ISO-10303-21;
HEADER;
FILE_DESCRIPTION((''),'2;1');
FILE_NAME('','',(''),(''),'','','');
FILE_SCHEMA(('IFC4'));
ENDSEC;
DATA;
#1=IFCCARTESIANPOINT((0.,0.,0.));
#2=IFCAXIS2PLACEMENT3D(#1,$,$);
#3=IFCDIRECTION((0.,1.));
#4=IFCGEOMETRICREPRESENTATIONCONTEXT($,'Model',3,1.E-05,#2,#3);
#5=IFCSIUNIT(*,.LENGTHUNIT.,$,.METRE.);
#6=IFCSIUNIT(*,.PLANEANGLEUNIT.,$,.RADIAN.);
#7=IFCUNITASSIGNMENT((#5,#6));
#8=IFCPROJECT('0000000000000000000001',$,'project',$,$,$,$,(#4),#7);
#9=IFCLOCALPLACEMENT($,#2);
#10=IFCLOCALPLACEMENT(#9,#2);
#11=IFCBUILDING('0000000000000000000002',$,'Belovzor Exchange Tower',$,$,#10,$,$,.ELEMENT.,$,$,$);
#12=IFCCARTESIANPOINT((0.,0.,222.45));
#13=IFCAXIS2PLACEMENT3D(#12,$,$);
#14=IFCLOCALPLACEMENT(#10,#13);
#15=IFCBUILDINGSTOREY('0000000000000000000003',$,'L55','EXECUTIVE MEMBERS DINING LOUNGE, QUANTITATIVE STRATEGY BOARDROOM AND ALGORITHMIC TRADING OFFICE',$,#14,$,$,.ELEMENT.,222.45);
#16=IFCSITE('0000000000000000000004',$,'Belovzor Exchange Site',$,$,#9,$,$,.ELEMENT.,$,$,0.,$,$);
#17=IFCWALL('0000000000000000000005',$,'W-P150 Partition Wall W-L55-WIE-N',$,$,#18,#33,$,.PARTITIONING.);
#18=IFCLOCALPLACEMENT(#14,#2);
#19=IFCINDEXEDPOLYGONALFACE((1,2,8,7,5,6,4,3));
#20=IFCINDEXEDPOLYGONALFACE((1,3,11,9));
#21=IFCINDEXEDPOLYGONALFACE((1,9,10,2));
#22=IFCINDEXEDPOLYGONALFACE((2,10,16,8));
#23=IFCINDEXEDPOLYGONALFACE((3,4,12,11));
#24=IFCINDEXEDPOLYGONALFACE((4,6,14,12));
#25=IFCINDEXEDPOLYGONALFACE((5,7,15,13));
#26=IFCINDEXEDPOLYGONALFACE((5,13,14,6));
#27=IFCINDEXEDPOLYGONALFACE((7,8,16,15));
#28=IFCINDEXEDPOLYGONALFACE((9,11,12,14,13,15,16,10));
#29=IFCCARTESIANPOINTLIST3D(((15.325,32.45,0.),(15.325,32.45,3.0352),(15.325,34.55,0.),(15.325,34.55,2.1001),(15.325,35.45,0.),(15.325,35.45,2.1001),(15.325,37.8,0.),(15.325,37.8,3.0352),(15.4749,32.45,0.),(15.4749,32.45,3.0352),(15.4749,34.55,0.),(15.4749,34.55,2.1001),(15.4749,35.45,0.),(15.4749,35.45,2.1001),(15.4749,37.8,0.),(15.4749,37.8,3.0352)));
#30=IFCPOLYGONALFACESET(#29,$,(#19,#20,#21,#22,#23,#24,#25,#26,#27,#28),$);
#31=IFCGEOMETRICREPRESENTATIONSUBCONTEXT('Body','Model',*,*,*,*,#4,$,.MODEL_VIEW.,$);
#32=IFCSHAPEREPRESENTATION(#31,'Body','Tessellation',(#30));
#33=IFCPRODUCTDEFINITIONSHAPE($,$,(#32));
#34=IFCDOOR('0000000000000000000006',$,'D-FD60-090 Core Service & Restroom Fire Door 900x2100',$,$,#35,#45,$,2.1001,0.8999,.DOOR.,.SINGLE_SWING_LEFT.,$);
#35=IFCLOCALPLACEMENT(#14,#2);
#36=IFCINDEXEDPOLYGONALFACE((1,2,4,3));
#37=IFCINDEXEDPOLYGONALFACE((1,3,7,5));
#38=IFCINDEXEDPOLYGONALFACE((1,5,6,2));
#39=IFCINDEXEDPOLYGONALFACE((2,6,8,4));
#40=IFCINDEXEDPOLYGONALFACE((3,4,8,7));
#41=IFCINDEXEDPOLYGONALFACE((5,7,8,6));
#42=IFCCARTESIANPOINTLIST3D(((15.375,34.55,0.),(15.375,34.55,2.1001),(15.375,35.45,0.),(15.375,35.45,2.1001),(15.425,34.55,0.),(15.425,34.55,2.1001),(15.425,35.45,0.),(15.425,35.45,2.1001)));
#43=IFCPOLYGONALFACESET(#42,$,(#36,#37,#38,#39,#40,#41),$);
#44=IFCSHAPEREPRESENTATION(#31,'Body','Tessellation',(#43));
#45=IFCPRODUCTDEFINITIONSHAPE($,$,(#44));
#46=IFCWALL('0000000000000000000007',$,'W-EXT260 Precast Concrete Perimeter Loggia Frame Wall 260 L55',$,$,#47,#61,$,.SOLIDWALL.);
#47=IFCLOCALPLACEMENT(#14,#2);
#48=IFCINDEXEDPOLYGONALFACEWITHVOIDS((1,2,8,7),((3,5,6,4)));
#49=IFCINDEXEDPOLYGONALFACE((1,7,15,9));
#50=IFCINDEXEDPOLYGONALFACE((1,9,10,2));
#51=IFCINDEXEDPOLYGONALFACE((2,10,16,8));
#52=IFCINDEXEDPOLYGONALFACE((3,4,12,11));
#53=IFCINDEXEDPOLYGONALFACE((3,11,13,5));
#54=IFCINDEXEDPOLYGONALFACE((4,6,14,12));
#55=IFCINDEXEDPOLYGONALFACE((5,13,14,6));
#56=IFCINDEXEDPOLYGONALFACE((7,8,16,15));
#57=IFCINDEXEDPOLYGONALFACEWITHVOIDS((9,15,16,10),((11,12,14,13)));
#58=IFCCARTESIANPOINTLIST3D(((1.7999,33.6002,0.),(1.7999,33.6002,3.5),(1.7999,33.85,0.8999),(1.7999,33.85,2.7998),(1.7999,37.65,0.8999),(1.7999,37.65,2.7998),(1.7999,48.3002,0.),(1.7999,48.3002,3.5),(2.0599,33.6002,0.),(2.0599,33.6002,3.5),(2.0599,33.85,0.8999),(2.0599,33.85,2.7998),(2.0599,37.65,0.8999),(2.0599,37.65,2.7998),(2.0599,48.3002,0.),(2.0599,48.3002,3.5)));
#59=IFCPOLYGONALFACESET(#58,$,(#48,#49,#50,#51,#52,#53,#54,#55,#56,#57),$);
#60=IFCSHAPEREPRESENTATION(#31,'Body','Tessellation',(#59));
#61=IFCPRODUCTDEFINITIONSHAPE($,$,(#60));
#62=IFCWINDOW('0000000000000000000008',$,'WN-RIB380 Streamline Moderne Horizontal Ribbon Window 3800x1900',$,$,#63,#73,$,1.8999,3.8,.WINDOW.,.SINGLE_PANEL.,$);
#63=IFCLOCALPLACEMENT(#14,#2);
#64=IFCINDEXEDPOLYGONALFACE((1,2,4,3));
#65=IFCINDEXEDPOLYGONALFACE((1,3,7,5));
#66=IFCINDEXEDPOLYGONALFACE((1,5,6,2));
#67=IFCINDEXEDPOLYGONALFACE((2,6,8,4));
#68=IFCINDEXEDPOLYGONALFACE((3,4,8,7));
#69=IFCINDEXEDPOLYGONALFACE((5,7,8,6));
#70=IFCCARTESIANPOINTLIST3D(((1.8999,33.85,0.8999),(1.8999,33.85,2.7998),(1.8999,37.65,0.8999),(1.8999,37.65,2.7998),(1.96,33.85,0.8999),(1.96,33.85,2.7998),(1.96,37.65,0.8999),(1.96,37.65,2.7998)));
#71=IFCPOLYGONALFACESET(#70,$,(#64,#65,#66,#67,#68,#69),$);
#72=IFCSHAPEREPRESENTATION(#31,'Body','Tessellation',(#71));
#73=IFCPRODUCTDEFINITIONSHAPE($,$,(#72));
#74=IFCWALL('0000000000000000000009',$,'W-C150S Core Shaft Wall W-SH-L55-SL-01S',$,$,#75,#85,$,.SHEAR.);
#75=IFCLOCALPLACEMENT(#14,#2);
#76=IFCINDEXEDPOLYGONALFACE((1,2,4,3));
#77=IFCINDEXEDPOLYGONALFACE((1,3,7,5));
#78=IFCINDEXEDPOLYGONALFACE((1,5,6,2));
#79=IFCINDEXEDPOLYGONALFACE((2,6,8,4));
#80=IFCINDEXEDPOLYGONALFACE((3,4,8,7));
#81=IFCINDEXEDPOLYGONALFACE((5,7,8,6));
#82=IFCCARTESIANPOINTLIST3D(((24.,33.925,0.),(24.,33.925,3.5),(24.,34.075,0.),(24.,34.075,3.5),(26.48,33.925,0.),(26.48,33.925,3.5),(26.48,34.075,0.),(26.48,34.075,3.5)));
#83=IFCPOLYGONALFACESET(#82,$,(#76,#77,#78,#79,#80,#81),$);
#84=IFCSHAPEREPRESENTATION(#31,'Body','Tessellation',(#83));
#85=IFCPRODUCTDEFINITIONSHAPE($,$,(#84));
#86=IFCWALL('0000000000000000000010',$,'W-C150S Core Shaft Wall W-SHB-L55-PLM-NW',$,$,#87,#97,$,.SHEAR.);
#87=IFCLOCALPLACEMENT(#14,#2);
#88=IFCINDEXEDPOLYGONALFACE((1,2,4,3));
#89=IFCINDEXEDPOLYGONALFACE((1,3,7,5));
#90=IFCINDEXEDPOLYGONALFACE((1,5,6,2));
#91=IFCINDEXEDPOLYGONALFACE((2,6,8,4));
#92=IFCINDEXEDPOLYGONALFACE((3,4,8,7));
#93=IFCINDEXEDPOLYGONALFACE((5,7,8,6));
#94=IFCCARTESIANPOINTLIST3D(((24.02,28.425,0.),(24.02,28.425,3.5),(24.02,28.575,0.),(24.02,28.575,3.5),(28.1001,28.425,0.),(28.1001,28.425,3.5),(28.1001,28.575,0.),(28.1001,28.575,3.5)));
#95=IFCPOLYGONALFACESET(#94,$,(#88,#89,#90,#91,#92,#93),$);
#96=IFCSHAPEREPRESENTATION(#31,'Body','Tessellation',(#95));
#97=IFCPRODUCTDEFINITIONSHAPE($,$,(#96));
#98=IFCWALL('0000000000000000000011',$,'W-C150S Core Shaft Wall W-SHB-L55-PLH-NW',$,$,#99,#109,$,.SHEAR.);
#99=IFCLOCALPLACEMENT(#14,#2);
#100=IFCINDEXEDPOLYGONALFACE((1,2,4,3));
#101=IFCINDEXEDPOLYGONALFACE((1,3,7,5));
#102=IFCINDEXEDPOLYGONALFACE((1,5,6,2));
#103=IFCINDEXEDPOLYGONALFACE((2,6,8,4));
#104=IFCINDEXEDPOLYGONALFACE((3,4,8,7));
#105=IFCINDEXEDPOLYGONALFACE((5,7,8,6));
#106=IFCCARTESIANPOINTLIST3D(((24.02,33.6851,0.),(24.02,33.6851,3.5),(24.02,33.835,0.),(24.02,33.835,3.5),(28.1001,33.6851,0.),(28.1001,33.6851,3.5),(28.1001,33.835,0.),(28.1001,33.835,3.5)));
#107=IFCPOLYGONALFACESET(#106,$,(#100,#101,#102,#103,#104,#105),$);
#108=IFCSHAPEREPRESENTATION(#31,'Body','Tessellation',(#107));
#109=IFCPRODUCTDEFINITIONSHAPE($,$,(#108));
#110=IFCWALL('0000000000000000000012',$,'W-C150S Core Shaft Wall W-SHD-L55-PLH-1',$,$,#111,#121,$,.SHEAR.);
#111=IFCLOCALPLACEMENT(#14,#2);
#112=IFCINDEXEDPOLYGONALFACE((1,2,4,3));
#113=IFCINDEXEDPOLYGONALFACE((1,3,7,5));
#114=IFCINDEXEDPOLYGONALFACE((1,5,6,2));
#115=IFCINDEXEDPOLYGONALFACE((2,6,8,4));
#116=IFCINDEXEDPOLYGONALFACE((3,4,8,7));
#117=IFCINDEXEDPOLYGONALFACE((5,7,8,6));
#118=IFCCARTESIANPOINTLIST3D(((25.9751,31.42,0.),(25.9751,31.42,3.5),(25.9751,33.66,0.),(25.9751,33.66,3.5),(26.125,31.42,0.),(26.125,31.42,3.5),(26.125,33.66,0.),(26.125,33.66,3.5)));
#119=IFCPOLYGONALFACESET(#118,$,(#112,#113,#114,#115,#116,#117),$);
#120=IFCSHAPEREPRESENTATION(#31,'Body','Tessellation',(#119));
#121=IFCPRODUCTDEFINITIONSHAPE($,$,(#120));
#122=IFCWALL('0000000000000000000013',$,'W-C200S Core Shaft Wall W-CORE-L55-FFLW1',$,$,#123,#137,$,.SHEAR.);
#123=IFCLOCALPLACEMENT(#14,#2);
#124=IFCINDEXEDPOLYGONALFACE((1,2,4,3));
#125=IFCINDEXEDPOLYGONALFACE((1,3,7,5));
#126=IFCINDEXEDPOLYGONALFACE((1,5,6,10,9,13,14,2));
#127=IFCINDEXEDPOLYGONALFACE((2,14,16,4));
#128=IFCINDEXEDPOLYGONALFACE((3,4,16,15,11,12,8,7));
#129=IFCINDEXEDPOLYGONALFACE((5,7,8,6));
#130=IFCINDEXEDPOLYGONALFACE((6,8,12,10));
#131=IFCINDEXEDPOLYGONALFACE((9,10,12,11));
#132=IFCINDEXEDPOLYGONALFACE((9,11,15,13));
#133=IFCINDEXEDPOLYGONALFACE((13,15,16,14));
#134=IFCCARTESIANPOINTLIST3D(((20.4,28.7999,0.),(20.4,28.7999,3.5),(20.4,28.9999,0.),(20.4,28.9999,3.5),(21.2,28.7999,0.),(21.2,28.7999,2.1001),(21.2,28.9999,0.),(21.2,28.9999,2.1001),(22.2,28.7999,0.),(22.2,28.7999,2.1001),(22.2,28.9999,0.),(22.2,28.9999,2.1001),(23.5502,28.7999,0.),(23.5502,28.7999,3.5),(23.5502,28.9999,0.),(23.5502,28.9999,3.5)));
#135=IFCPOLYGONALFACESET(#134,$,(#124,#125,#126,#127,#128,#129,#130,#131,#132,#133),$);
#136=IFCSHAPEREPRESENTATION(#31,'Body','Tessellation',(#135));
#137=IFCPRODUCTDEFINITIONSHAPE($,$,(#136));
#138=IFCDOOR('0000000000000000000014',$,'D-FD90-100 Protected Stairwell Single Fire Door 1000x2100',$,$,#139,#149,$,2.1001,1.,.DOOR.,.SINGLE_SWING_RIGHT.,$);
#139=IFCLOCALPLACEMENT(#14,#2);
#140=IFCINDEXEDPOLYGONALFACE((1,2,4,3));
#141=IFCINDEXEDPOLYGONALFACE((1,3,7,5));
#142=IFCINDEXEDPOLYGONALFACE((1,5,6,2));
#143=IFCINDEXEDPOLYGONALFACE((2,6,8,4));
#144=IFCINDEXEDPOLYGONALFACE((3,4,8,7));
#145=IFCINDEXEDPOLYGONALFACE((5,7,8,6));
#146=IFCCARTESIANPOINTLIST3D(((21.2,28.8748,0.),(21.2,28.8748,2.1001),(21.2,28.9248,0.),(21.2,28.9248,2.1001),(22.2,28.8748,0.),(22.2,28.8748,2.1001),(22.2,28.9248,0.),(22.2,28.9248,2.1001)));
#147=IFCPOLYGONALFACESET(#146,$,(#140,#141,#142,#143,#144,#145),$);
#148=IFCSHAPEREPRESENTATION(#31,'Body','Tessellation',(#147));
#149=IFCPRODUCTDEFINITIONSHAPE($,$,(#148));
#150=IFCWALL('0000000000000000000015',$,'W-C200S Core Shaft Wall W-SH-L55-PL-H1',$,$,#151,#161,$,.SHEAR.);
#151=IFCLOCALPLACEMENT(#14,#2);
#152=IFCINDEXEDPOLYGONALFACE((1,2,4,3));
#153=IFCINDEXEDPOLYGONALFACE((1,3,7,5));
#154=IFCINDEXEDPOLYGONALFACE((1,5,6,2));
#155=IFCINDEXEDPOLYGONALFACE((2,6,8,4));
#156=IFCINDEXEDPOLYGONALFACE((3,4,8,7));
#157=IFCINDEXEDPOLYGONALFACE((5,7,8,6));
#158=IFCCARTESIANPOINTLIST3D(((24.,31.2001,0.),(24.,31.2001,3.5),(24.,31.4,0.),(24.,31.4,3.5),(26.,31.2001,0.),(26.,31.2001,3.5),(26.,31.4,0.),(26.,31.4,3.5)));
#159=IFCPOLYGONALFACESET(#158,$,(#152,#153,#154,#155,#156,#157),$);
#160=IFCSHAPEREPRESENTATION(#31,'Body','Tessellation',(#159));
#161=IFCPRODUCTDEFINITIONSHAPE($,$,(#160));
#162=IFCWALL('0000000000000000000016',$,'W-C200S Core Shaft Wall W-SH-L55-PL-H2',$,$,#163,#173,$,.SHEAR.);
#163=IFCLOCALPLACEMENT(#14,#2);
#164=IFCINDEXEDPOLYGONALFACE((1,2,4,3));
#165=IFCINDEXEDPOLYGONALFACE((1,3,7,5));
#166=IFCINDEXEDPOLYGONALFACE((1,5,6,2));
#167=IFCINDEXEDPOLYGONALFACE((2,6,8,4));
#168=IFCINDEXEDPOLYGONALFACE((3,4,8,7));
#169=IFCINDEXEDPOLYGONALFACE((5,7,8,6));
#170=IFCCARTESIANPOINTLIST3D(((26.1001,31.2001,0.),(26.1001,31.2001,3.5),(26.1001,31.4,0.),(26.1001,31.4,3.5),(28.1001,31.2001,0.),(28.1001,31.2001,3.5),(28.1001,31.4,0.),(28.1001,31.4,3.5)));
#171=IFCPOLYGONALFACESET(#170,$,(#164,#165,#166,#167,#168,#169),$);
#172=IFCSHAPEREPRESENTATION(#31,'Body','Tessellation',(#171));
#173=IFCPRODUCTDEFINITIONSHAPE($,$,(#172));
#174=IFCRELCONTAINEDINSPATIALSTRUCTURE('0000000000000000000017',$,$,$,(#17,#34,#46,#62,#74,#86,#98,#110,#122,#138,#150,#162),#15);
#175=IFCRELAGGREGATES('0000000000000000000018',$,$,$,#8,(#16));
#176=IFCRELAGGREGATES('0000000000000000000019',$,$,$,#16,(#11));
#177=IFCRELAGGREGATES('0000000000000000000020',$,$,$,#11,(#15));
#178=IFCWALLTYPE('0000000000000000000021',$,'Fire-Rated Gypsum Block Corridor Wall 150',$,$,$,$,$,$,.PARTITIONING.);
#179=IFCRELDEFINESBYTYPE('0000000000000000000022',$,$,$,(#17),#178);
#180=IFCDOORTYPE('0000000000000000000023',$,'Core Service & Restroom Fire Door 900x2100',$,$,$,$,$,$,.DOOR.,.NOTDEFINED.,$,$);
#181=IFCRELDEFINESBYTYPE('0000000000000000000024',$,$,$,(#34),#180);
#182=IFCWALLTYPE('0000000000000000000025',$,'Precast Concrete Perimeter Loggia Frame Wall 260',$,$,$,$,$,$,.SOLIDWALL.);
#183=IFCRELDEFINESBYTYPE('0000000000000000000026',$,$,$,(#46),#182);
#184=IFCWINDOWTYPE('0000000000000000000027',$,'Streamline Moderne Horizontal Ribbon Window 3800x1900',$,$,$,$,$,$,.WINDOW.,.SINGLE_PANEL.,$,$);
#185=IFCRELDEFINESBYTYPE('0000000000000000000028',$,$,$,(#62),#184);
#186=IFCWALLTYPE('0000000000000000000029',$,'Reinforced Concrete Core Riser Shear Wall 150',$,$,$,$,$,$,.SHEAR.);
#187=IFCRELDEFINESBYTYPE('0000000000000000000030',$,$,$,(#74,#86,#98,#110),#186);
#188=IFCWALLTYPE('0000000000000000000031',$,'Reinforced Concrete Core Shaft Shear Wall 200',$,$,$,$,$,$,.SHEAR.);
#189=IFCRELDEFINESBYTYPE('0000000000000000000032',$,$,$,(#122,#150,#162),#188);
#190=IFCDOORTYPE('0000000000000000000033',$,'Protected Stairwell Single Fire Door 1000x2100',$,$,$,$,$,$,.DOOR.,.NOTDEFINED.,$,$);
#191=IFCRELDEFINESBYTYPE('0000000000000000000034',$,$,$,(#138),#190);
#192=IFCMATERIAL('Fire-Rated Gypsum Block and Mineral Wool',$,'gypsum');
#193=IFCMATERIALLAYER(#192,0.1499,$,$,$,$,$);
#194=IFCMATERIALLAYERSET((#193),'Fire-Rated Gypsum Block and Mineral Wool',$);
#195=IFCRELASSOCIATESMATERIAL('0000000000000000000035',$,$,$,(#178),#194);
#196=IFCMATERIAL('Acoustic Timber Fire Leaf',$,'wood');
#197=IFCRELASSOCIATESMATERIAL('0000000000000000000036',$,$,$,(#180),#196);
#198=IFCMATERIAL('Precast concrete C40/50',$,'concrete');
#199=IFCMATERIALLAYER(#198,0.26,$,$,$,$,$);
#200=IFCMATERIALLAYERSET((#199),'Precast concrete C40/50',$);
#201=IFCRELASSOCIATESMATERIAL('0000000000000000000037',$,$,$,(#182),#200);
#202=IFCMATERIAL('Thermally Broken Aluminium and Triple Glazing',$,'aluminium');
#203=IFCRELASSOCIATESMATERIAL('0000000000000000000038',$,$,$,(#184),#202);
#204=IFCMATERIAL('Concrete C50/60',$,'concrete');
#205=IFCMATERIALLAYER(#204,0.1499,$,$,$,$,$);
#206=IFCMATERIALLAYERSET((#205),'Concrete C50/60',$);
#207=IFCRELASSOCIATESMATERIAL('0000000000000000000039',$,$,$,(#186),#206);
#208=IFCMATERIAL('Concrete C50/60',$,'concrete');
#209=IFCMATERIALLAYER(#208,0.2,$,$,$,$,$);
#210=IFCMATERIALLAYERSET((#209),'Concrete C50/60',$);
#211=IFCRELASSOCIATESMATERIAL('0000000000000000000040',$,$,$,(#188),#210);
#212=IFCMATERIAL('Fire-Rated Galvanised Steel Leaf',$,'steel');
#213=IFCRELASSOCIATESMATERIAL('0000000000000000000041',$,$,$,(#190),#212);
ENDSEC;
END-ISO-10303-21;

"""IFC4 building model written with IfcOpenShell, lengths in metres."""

from ifc_helpers import new_model, si_unit, direction, frame, frame_2d, origin, place, context, subcontext, project, spatial, rectangle, extrude, material, layer, layer_set, type_object, element, fill, save


model = new_model("IFC4")

# Units and contexts
model_context = context("Model", 3, precision=1e-05, world=origin(), true_north=direction((0.0, 1.0)))
body_context = subcontext(model_context, "Body", "Model", "MODEL_VIEW")
ifc_project = project(units=[si_unit("LENGTHUNIT", "METRE"), si_unit("PLANEANGLEUNIT", "RADIAN")], contexts=[model_context])

# Site, building, storey
site_placement = place(None, origin())
site = spatial("IfcSite", under=ifc_project, at=site_placement, Name="Belovzor Exchange Site", CompositionType="ELEMENT", RefElevation=0.0)
building_placement = place(site_placement, origin())
building = spatial("IfcBuilding", under=site, at=building_placement, Name="Belovzor Exchange Tower", CompositionType="ELEMENT")
storey_placement = place(building_placement, frame((0.0, 0.0, 222.45)))
storey = spatial("IfcBuildingStorey", under=building, at=storey_placement, Name="L55", Description="EXECUTIVE MEMBERS DINING LOUNGE, QUANTITATIVE STRATEGY BOARDROOM AND ALGORITHMIC TRADING OFFICE", CompositionType="ELEMENT", Elevation=222.45)

# Shared definitions
ifc_material_1 = material(Name="Fire-Rated Gypsum Block and Mineral Wool", Category="gypsum")
ifc_layer_1 = layer(ifc_material_1, 0.1499)
ifc_layer_set_1 = layer_set([ifc_layer_1], Name="Fire-Rated Gypsum Block and Mineral Wool")
wall_type_1 = type_object("IfcWallType", Name="Fire-Rated Gypsum Block Corridor Wall 150", PredefinedType="PARTITIONING", material=ifc_layer_set_1)

# Wall, opening, door
wall_1_placement = place(storey_placement, frame((15.3999, 32.45, 0.0), z_axis=(0.0, 0.0, 1.0), x_axis=(0.0, 1.0, 0.0)))
wall_1 = element("IfcWall", 1, at=wall_1_placement, inside=storey, type_object=wall_type_1, Name="W-P150 Partition Wall W-L55-WIE-N", PredefinedType="PARTITIONING", context=body_context, shape_type="SweptSolid", body=[
    extrude(rectangle(XDim=5.3501, YDim=0.1499, at=frame_2d((2.675, 0.0))), origin(), (0.0, 0.0, 1.0), 3.0352),
])
opening_1_placement = place(wall_1_placement, frame((2.1001, 0.0, 0.0)))
opening_1 = element("IfcOpeningElement", 2, at=opening_1_placement, cuts=wall_1, PredefinedType="OPENING", context=body_context, shape_type="SweptSolid", body=[
    extrude(rectangle(XDim=0.8999, YDim=2.1001, at=frame_2d((0.45, 1.05))), frame((0.0, 0.085, 0.0), z_axis=(0.0, -1.0, 0.0), x_axis=(1.0, 0.0, 0.0)), (0.0, 0.0, 1.0), 0.1699),
])
ifc_material_2 = material(Name="Acoustic Timber Fire Leaf", Category="wood")
door_type_1 = type_object("IfcDoorType", Name="Core Service & Restroom Fire Door 900x2100", OperationType="NOTDEFINED", PredefinedType="DOOR", material=ifc_material_2)
door_1_placement = place(opening_1_placement, origin())
door_1 = element("IfcDoor", 3, at=door_1_placement, inside=storey, type_object=door_type_1, Name="D-FD60-090 Core Service & Restroom Fire Door 900x2100", OperationType="SINGLE_SWING_LEFT", OverallHeight=2.1001, OverallWidth=0.8999, PredefinedType="DOOR", context=body_context, shape_type="SweptSolid", body=[
    extrude(rectangle(XDim=0.8999, YDim=2.1001, at=frame_2d((0.45, 1.05))), frame((0.0, 0.0249, 0.0), z_axis=(0.0, -1.0, 0.0), x_axis=(1.0, 0.0, 0.0)), (0.0, 0.0, 1.0), 0.05),
])
fill(opening_1, door_1)

# Wall, opening, window
ifc_material_3 = material(Name="Precast concrete C40/50", Category="concrete")
ifc_layer_2 = layer(ifc_material_3, 0.26)
ifc_layer_set_2 = layer_set([ifc_layer_2], Name="Precast concrete C40/50")
wall_type_2 = type_object("IfcWallType", Name="Precast Concrete Perimeter Loggia Frame Wall 260", PredefinedType="SOLIDWALL", material=ifc_layer_set_2)
wall_2_placement = place(storey_placement, frame((1.9299, 33.6001, 0.0), z_axis=(0.0, 0.0, 1.0), x_axis=(0.0, 1.0, 0.0)))
wall_2 = element("IfcWall", 4, at=wall_2_placement, inside=storey, type_object=wall_type_2, Name="W-EXT260 Precast Concrete Perimeter Loggia Frame Wall 260 L55", PredefinedType="SOLIDWALL", context=body_context, shape_type="SweptSolid", body=[
    extrude(rectangle(XDim=14.7, YDim=0.26, at=frame_2d((7.3501, 0.0))), origin(), (0.0, 0.0, 1.0), 3.5),
])
opening_2_placement = place(wall_2_placement, frame((0.25, 0.0, 0.8999)))
opening_2 = element("IfcOpeningElement", 5, at=opening_2_placement, cuts=wall_2, PredefinedType="OPENING", context=body_context, shape_type="SweptSolid", body=[
    extrude(rectangle(XDim=3.8, YDim=1.8999, at=frame_2d((1.8999, 0.95))), frame((0.0, 0.1399, 0.0), z_axis=(0.0, -1.0, 0.0), x_axis=(1.0, 0.0, 0.0)), (0.0, 0.0, 1.0), 0.28),
])
ifc_material_4 = material(Name="Thermally Broken Aluminium and Triple Glazing", Category="aluminium")
window_type = type_object("IfcWindowType", Name="Streamline Moderne Horizontal Ribbon Window 3800x1900", PartitioningType="SINGLE_PANEL", PredefinedType="WINDOW", material=ifc_material_4)
window_placement = place(opening_2_placement, origin())
window = element("IfcWindow", 6, at=window_placement, inside=storey, type_object=window_type, Name="WN-RIB380 Streamline Moderne Horizontal Ribbon Window 3800x1900", OverallHeight=1.8999, OverallWidth=3.8, PartitioningType="SINGLE_PANEL", PredefinedType="WINDOW", context=body_context, shape_type="SweptSolid", body=[
    extrude(rectangle(XDim=3.8, YDim=1.8999, at=frame_2d((1.8999, 0.95))), frame((0.0, 0.03, 0.0), z_axis=(0.0, -1.0, 0.0), x_axis=(1.0, 0.0, 0.0)), (0.0, 0.0, 1.0), 0.0601),
])
fill(opening_2, window)

# Walls
ifc_material_5 = material(Name="Concrete C50/60", Category="concrete")
ifc_layer_3 = layer(ifc_material_5, 0.1499)
ifc_layer_set_3 = layer_set([ifc_layer_3], Name="Concrete C50/60")
wall_type_3 = type_object("IfcWallType", Name="Reinforced Concrete Core Riser Shear Wall 150", PredefinedType="SHEAR", material=ifc_layer_set_3)
wall_3_placement = place(storey_placement, frame((24.0, 34.0, 0.0), z_axis=(0.0, 0.0, 1.0), x_axis=(1.0, 0.0, 0.0)))
element("IfcWall", 7, at=wall_3_placement, inside=storey, type_object=wall_type_3, Name="W-C150S Core Shaft Wall W-SH-L55-SL-01S", PredefinedType="SHEAR", context=body_context, shape_type="SweptSolid", body=[
    extrude(rectangle(XDim=2.48, YDim=0.1499, at=frame_2d((1.24, 0.0))), origin(), (0.0, 0.0, 1.0), 3.5),
])
for number, where, z_axis, x_axis, name in (
    (8, (24.02, 28.5, 0.0), (0.0, 0.0, 1.0), (1.0, 0.0, 0.0), "W-C150S Core Shaft Wall W-SHB-L55-PLM-NW"),
    (9, (24.02, 33.76, 0.0), (0.0, 0.0, 1.0), (1.0, 0.0, 0.0), "W-C150S Core Shaft Wall W-SHB-L55-PLH-NW"),
):
    element("IfcWall", number, at=place(storey_placement, frame(where, z_axis=z_axis, x_axis=x_axis)), inside=storey, type_object=wall_type_3, Name=name, PredefinedType="SHEAR", context=body_context, shape_type="SweptSolid", body=[
        extrude(rectangle(XDim=4.0801, YDim=0.1499, at=frame_2d((2.04, 0.0))), origin(), (0.0, 0.0, 1.0), 3.5),
    ])
wall_4_placement = place(storey_placement, frame((26.05, 31.4199, 0.0), z_axis=(0.0, 0.0, 1.0), x_axis=(0.0, 1.0, 0.0)))
element("IfcWall", 10, at=wall_4_placement, inside=storey, type_object=wall_type_3, Name="W-C150S Core Shaft Wall W-SHD-L55-PLH-1", PredefinedType="SHEAR", context=body_context, shape_type="SweptSolid", body=[
    extrude(rectangle(XDim=2.24, YDim=0.1499, at=frame_2d((1.1201, 0.0))), origin(), (0.0, 0.0, 1.0), 3.5),
])

# Wall, opening, door
ifc_material_6 = material(Name="Concrete C50/60", Category="concrete")
ifc_layer_4 = layer(ifc_material_6, 0.2)
ifc_layer_set_4 = layer_set([ifc_layer_4], Name="Concrete C50/60")
wall_type_4 = type_object("IfcWallType", Name="Reinforced Concrete Core Shaft Shear Wall 200", PredefinedType="SHEAR", material=ifc_layer_set_4)
wall_5_placement = place(storey_placement, frame((20.3999, 28.8999, 0.0), z_axis=(0.0, 0.0, 1.0), x_axis=(1.0, 0.0, 0.0)))
wall_5 = element("IfcWall", 11, at=wall_5_placement, inside=storey, type_object=wall_type_4, Name="W-C200S Core Shaft Wall W-CORE-L55-FFLW1", PredefinedType="SHEAR", context=body_context, shape_type="SweptSolid", body=[
    extrude(rectangle(XDim=3.1501, YDim=0.2, at=frame_2d((1.5752, 0.0))), origin(), (0.0, 0.0, 1.0), 3.5),
])
opening_3_placement = place(wall_5_placement, frame((0.8, 0.0, 0.0)))
opening_3 = element("IfcOpeningElement", 12, at=opening_3_placement, cuts=wall_5, PredefinedType="OPENING", context=body_context, shape_type="SweptSolid", body=[
    extrude(rectangle(XDim=1.0, YDim=2.1001, at=frame_2d((0.5, 1.05))), frame((0.0, 0.1099, 0.0), z_axis=(0.0, -1.0, 0.0), x_axis=(1.0, 0.0, 0.0)), (0.0, 0.0, 1.0), 0.22),
])
ifc_material_7 = material(Name="Fire-Rated Galvanised Steel Leaf", Category="steel")
door_type_2 = type_object("IfcDoorType", Name="Protected Stairwell Single Fire Door 1000x2100", OperationType="NOTDEFINED", PredefinedType="DOOR", material=ifc_material_7)
door_2_placement = place(opening_3_placement, origin())
door_2 = element("IfcDoor", 13, at=door_2_placement, inside=storey, type_object=door_type_2, Name="D-FD90-100 Protected Stairwell Single Fire Door 1000x2100", OperationType="SINGLE_SWING_RIGHT", OverallHeight=2.1001, OverallWidth=1.0, PredefinedType="DOOR", context=body_context, shape_type="SweptSolid", body=[
    extrude(rectangle(XDim=1.0, YDim=2.1001, at=frame_2d((0.5, 1.05))), frame((0.0, 0.0249, 0.0), z_axis=(0.0, -1.0, 0.0), x_axis=(1.0, 0.0, 0.0)), (0.0, 0.0, 1.0), 0.05),
])
fill(opening_3, door_2)

# Walls
for number, where, z_axis, x_axis, name in (
    (14, (24.0, 31.3, 0.0), (0.0, 0.0, 1.0), (1.0, 0.0, 0.0), "W-C200S Core Shaft Wall W-SH-L55-PL-H1"),
    (15, (26.1001, 31.3, 0.0), (0.0, 0.0, 1.0), (1.0, 0.0, 0.0), "W-C200S Core Shaft Wall W-SH-L55-PL-H2"),
):
    element("IfcWall", number, at=place(storey_placement, frame(where, z_axis=z_axis, x_axis=x_axis)), inside=storey, type_object=wall_type_4, Name=name, PredefinedType="SHEAR", context=body_context, shape_type="SweptSolid", body=[
        extrude(rectangle(XDim=2.0, YDim=0.2, at=frame_2d((1.0, 0.0))), origin(), (0.0, 0.0, 1.0), 3.5),
    ])

save(model, "model.ifc")
